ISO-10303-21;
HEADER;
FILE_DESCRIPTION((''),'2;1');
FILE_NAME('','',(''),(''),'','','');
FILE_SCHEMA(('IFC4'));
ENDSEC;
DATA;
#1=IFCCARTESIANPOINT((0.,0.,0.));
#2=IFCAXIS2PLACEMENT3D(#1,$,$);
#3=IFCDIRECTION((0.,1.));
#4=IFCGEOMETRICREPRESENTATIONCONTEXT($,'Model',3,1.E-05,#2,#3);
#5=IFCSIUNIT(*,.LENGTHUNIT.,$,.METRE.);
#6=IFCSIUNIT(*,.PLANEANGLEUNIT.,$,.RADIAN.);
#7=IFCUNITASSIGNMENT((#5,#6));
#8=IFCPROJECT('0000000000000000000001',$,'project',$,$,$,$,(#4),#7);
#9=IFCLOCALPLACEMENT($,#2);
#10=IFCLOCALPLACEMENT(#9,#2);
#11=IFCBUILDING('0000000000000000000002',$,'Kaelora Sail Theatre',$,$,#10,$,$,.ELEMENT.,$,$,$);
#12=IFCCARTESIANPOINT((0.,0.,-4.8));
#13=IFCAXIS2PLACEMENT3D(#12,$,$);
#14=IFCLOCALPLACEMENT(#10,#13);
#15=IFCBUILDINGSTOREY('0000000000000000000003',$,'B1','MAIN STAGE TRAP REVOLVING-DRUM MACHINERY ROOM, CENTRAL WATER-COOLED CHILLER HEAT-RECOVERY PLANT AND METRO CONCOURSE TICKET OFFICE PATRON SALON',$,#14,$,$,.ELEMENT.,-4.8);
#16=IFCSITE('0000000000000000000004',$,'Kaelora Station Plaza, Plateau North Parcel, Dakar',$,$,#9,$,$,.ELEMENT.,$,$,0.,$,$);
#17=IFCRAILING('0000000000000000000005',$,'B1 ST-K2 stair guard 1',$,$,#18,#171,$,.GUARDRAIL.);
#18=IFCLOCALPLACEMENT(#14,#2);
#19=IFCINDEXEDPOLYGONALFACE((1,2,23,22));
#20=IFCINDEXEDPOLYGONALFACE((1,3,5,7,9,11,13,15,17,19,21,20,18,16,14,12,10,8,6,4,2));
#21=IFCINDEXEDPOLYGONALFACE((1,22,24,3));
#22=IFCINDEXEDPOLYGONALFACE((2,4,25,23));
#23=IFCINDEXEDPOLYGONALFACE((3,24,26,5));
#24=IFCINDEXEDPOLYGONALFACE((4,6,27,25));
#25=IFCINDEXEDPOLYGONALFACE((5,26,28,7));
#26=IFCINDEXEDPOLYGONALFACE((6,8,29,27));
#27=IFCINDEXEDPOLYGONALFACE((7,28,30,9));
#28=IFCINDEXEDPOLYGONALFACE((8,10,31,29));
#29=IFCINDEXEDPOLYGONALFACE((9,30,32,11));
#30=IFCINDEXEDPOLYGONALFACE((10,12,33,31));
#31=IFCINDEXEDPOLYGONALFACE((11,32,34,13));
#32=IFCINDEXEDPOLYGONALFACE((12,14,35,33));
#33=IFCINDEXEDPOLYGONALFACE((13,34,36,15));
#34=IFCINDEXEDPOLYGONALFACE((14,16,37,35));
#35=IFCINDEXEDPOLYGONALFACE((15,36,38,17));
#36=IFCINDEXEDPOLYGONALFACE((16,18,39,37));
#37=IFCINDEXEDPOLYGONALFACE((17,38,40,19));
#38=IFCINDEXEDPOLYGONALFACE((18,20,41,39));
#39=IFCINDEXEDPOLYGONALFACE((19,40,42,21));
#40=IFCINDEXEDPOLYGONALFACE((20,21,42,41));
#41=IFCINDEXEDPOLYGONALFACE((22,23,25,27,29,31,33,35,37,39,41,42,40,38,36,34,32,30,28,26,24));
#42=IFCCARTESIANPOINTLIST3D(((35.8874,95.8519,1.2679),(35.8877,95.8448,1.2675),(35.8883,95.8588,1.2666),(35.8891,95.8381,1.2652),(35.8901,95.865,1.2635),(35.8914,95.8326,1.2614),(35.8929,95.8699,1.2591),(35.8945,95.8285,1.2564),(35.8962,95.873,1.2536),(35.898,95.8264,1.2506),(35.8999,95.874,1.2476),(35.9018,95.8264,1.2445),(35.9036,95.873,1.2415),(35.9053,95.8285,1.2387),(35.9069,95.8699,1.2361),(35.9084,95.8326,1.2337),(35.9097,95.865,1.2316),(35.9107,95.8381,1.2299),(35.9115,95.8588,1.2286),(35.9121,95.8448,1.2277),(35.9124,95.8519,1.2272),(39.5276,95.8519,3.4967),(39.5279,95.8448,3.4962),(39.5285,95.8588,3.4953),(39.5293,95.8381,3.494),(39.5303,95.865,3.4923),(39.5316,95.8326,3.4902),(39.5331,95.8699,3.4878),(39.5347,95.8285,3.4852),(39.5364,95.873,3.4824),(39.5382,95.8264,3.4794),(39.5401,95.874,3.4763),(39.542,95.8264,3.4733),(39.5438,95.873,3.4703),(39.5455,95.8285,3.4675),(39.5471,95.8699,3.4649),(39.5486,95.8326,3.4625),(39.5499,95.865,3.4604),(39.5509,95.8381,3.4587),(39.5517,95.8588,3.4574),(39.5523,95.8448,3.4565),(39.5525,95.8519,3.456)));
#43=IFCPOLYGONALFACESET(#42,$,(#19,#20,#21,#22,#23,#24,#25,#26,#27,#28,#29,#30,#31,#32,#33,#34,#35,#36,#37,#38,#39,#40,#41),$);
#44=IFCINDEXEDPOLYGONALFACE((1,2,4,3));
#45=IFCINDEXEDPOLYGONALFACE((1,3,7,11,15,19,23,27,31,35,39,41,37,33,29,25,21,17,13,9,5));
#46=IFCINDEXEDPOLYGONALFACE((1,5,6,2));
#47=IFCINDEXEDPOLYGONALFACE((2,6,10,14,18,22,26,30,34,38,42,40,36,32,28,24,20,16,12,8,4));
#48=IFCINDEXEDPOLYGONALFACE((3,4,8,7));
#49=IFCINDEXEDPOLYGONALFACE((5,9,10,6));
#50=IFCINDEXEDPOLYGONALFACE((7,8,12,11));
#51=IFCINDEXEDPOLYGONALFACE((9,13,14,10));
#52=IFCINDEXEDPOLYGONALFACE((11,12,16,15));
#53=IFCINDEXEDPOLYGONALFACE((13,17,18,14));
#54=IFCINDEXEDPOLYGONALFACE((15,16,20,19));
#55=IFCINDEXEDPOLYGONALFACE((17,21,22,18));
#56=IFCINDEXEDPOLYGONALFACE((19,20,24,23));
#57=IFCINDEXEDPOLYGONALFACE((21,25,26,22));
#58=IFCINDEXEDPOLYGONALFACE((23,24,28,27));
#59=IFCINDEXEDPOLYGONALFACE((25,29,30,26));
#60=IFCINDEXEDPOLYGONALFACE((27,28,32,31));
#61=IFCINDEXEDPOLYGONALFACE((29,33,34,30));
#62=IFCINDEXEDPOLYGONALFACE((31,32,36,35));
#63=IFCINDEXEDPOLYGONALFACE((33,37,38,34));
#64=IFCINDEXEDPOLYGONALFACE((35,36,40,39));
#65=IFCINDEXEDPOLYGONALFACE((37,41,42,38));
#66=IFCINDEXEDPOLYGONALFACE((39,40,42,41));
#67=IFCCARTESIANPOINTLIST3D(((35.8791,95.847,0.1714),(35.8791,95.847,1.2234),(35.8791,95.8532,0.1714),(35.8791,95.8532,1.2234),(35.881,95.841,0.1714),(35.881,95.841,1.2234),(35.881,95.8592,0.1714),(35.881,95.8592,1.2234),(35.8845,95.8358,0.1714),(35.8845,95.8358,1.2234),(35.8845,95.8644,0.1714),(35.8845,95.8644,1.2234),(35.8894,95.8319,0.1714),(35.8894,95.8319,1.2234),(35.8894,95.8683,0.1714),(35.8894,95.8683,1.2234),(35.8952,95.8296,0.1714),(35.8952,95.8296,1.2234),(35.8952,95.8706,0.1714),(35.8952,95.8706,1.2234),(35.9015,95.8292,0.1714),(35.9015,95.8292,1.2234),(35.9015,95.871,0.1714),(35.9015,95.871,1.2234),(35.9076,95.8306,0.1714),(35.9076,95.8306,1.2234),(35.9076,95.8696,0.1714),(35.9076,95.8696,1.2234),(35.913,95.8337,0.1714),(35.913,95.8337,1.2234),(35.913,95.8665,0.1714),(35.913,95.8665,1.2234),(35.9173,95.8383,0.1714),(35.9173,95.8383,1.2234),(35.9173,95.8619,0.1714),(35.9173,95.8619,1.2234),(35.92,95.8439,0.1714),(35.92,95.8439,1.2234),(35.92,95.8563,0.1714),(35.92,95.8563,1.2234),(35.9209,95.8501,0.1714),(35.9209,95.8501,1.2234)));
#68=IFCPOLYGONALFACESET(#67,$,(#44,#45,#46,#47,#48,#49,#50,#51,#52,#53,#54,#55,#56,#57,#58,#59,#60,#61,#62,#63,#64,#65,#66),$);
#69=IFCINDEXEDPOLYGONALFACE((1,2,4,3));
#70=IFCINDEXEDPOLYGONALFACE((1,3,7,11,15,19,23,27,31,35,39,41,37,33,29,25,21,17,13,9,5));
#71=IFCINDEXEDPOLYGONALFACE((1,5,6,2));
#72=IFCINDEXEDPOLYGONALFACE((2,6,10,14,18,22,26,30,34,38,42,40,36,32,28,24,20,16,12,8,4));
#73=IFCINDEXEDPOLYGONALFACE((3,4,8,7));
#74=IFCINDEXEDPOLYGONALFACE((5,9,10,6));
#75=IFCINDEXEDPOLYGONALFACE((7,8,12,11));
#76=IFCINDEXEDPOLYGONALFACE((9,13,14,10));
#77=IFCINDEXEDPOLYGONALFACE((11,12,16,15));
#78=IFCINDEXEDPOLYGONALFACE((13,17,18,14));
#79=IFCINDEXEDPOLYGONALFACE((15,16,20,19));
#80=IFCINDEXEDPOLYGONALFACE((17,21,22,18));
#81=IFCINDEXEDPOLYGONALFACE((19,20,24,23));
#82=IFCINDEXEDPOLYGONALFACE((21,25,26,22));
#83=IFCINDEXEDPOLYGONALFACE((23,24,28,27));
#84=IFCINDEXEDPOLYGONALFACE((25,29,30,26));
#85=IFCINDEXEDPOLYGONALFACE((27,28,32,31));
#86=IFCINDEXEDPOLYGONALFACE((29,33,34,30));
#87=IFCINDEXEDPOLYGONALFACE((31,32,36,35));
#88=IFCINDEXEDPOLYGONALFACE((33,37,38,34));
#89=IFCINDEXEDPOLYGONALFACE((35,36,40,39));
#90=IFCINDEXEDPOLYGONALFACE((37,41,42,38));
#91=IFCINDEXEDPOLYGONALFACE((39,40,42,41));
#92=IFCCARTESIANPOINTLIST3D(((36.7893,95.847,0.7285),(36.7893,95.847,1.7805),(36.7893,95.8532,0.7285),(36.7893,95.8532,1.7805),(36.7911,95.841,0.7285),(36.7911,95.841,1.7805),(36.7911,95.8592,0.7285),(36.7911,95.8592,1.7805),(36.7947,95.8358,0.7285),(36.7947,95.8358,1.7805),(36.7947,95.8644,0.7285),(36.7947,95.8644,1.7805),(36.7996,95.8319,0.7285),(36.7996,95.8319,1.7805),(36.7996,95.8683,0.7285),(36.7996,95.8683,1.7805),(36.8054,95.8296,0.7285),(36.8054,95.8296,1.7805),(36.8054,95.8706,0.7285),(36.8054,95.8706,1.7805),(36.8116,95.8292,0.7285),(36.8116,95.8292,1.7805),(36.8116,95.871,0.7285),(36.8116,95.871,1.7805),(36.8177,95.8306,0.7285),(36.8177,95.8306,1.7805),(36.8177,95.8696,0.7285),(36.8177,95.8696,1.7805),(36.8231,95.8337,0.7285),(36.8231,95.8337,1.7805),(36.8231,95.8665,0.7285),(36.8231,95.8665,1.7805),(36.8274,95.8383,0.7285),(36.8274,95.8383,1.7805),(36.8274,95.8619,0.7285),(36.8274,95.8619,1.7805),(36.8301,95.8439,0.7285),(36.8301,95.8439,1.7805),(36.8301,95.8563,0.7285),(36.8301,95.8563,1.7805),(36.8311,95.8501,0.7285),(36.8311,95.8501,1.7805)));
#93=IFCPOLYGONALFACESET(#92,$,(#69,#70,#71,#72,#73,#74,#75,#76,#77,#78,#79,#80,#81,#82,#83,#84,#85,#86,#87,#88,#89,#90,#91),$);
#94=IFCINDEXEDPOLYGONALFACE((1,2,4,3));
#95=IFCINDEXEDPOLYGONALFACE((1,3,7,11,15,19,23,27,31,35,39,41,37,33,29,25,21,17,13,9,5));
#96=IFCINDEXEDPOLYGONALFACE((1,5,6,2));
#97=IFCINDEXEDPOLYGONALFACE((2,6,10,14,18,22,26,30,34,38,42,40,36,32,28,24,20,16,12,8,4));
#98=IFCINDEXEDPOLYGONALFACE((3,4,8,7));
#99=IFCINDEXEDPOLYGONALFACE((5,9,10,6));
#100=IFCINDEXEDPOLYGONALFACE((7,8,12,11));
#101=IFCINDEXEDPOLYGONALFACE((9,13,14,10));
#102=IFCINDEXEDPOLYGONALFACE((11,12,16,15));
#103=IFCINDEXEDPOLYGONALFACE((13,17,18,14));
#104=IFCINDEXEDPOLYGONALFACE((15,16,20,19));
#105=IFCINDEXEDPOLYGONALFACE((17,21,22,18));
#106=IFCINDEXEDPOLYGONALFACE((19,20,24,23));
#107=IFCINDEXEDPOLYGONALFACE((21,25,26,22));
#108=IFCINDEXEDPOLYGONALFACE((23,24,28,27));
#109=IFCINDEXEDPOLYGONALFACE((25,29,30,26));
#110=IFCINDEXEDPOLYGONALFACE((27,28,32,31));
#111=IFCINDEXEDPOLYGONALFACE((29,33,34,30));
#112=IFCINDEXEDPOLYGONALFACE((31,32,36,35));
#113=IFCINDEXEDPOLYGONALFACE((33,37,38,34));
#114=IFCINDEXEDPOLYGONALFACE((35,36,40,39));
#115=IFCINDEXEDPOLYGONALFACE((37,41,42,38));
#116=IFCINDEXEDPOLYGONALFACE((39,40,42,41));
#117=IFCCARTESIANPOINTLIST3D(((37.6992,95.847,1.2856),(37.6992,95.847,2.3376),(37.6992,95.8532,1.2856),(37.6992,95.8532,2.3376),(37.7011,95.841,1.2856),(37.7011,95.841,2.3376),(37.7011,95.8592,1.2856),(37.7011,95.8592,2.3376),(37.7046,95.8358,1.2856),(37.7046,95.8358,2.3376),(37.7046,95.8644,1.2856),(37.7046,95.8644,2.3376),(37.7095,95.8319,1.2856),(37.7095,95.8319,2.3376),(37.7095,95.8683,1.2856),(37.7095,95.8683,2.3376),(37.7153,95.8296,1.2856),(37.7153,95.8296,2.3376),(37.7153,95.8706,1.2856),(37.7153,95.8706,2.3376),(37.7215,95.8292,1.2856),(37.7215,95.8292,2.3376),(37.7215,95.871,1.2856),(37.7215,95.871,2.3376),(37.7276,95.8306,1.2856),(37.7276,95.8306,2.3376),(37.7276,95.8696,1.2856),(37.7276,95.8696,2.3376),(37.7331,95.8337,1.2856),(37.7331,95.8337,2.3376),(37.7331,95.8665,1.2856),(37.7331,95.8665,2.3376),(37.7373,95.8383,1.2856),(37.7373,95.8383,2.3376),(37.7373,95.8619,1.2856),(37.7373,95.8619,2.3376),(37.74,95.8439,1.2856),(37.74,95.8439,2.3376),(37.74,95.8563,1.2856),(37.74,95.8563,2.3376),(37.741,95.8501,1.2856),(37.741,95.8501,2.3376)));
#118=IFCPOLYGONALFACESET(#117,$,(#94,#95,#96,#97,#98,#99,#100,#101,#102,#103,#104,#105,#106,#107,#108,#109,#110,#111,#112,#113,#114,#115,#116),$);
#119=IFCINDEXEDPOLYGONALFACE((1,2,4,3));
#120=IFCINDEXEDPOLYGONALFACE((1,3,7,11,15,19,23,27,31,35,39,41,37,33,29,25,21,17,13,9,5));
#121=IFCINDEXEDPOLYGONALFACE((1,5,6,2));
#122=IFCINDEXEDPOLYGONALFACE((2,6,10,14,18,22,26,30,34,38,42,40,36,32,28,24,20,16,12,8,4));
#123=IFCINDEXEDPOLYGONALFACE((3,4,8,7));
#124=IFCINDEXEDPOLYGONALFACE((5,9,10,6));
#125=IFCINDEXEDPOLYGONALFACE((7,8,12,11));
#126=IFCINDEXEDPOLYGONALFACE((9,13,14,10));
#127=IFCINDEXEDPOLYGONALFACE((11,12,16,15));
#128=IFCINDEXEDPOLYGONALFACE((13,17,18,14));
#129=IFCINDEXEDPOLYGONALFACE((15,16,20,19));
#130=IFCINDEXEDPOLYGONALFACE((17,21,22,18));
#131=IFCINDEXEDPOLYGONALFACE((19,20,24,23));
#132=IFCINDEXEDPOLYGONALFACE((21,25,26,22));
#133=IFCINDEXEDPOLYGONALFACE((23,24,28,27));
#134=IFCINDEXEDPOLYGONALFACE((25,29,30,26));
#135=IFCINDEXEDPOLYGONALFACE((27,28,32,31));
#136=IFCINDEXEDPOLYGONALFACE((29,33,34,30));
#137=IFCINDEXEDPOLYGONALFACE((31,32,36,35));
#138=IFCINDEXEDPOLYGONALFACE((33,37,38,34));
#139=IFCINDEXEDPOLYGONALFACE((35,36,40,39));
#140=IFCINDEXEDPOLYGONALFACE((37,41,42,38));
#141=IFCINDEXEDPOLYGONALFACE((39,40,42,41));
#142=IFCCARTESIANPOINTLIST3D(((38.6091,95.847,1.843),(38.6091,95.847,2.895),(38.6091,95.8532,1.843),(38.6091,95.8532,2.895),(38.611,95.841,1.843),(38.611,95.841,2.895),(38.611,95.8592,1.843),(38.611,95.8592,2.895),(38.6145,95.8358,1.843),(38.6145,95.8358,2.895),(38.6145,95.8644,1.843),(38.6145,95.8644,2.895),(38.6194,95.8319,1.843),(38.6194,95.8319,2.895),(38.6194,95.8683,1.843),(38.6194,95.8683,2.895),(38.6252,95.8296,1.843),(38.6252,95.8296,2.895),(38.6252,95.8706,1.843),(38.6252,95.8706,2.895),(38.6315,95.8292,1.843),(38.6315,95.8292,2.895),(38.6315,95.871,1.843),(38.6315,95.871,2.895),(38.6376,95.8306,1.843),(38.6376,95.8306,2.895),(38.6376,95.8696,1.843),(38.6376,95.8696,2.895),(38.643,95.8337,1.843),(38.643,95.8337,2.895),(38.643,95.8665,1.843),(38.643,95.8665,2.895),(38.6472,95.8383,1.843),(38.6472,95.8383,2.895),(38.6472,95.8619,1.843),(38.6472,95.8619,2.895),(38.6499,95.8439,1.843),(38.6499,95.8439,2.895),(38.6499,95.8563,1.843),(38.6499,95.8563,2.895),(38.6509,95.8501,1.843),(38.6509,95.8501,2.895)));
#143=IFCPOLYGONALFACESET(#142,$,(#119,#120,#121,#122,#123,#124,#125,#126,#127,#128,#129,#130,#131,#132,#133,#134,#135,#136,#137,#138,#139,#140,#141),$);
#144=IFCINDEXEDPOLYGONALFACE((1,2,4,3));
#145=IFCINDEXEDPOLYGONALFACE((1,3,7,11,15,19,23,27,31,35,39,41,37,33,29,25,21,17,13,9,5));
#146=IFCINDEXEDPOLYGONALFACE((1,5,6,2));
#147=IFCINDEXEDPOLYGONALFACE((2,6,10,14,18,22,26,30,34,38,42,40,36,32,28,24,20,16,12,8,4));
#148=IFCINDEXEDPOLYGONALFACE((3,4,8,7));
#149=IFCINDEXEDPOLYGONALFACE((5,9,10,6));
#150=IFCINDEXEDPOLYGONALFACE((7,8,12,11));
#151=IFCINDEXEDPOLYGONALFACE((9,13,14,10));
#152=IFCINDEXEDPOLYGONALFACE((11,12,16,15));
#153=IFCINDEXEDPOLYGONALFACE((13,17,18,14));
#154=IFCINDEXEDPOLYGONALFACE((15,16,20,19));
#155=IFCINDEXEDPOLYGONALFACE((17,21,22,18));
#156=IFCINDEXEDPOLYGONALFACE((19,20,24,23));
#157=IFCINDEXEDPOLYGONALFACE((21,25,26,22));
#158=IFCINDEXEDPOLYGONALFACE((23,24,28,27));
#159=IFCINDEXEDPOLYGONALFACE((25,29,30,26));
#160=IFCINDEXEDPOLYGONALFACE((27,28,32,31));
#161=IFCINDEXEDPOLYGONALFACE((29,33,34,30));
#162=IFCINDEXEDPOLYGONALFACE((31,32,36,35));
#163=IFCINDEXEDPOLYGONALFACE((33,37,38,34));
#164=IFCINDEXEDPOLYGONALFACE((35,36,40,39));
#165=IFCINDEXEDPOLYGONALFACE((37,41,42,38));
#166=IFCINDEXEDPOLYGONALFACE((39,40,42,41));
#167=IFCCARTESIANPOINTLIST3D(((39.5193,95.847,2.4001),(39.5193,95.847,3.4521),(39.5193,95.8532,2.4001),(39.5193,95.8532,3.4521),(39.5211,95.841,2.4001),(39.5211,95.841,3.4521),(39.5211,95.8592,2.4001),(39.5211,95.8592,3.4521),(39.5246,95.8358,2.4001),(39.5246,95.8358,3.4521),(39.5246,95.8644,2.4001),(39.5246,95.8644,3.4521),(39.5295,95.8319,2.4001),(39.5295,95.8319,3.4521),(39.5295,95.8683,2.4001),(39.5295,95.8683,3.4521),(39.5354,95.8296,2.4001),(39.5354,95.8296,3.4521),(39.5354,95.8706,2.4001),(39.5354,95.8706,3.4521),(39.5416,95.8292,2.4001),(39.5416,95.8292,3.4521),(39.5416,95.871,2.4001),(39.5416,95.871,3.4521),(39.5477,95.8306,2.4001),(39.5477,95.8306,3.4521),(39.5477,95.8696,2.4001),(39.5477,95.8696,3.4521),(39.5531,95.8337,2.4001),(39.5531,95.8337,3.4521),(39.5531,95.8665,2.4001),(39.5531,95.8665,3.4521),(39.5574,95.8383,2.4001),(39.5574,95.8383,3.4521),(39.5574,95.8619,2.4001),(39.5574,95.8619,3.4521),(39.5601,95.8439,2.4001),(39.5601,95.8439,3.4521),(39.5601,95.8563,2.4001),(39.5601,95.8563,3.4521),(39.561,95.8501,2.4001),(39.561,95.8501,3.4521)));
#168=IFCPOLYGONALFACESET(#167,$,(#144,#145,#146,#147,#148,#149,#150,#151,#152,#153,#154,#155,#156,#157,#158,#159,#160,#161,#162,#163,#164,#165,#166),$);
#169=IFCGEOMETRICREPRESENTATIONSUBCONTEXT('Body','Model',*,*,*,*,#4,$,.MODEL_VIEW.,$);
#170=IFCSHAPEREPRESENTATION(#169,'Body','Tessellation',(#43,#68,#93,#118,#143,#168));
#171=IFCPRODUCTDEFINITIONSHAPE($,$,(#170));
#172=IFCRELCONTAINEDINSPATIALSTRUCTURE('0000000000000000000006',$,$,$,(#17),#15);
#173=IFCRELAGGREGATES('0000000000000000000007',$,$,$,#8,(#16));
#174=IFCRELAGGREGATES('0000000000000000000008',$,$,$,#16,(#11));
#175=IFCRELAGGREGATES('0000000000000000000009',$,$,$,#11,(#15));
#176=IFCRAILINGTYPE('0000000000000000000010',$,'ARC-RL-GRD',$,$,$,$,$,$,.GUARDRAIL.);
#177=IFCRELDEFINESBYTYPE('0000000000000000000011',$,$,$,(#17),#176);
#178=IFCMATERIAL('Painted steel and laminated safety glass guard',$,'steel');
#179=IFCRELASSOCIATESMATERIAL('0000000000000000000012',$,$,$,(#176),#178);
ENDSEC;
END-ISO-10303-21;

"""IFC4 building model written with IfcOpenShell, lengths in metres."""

from ifc_helpers import new_model, si_unit, direction, frame, origin, origin_2d, place, context, subcontext, project, spatial, circle, extrude, material, type_object, element, save


model = new_model("IFC4")

# Units and contexts
model_context = context("Model", 3, precision=1e-05, world=origin(), true_north=direction((0.0, 1.0)))
body_context = subcontext(model_context, "Body", "Model", "MODEL_VIEW")
ifc_project = project(units=[si_unit("LENGTHUNIT", "METRE"), si_unit("PLANEANGLEUNIT", "RADIAN")], contexts=[model_context])

# Site, building, storey
site_placement = place(None, origin())
site = spatial("IfcSite", under=ifc_project, at=site_placement, Name="Kaelora Station Plaza, Plateau North Parcel, Dakar", CompositionType="ELEMENT", RefElevation=0.0)
building_placement = place(site_placement, origin())
building = spatial("IfcBuilding", under=site, at=building_placement, Name="Kaelora Sail Theatre", CompositionType="ELEMENT")
storey_placement = place(building_placement, frame((0.0, 0.0, -4.8)))
storey = spatial("IfcBuildingStorey", under=building, at=storey_placement, Name="B1", Description="MAIN STAGE TRAP REVOLVING-DRUM MACHINERY ROOM, CENTRAL WATER-COOLED CHILLER HEAT-RECOVERY PLANT AND METRO CONCOURSE TICKET OFFICE PATRON SALON", CompositionType="ELEMENT", Elevation=-4.8)

# Railing
ifc_material_1 = material(Name="Painted steel and laminated safety glass guard", Category="steel")
railing_type_1 = type_object("IfcRailingType", Name="ARC-RL-GRD", PredefinedType="GUARDRAIL", material=ifc_material_1)
railing_1_placement = place(storey_placement, frame((35.8999, 95.8501, 0.1714)))
element("IfcRailing", 1, at=railing_1_placement, inside=storey, type_object=railing_type_1, Name="B1 ST-K2 stair guard 1", PredefinedType="GUARDRAIL", context=body_context, shape_type="SweptSolid", body=[
    extrude(circle(Radius=0.0239, at=origin_2d()), frame((0.0, 0.0, 1.0762), z_axis=(0.85284, 0.0, 0.522172), x_axis=(0.0, 1.0, 0.0)), (0.0, 0.0, 1.0), 4.2683),
    extrude(circle(Radius=0.021, at=origin_2d()), origin(), (0.0, 0.0, 1.0), 1.052),
    extrude(circle(Radius=0.021, at=origin_2d()), frame((0.9102, 0.0, 0.5571)), (0.0, 0.0, 1.0), 1.052),
    extrude(circle(Radius=0.021, at=origin_2d()), frame((1.8201, 0.0, 1.1143)), (0.0, 0.0, 1.0), 1.052),
    extrude(circle(Radius=0.021, at=origin_2d()), frame((2.73, 0.0, 1.6716)), (0.0, 0.0, 1.0), 1.052),
    extrude(circle(Radius=0.021, at=origin_2d()), frame((3.6401, 0.0, 2.2288)), (0.0, 0.0, 1.0), 1.052),
])

save(model, "model.ifc")
